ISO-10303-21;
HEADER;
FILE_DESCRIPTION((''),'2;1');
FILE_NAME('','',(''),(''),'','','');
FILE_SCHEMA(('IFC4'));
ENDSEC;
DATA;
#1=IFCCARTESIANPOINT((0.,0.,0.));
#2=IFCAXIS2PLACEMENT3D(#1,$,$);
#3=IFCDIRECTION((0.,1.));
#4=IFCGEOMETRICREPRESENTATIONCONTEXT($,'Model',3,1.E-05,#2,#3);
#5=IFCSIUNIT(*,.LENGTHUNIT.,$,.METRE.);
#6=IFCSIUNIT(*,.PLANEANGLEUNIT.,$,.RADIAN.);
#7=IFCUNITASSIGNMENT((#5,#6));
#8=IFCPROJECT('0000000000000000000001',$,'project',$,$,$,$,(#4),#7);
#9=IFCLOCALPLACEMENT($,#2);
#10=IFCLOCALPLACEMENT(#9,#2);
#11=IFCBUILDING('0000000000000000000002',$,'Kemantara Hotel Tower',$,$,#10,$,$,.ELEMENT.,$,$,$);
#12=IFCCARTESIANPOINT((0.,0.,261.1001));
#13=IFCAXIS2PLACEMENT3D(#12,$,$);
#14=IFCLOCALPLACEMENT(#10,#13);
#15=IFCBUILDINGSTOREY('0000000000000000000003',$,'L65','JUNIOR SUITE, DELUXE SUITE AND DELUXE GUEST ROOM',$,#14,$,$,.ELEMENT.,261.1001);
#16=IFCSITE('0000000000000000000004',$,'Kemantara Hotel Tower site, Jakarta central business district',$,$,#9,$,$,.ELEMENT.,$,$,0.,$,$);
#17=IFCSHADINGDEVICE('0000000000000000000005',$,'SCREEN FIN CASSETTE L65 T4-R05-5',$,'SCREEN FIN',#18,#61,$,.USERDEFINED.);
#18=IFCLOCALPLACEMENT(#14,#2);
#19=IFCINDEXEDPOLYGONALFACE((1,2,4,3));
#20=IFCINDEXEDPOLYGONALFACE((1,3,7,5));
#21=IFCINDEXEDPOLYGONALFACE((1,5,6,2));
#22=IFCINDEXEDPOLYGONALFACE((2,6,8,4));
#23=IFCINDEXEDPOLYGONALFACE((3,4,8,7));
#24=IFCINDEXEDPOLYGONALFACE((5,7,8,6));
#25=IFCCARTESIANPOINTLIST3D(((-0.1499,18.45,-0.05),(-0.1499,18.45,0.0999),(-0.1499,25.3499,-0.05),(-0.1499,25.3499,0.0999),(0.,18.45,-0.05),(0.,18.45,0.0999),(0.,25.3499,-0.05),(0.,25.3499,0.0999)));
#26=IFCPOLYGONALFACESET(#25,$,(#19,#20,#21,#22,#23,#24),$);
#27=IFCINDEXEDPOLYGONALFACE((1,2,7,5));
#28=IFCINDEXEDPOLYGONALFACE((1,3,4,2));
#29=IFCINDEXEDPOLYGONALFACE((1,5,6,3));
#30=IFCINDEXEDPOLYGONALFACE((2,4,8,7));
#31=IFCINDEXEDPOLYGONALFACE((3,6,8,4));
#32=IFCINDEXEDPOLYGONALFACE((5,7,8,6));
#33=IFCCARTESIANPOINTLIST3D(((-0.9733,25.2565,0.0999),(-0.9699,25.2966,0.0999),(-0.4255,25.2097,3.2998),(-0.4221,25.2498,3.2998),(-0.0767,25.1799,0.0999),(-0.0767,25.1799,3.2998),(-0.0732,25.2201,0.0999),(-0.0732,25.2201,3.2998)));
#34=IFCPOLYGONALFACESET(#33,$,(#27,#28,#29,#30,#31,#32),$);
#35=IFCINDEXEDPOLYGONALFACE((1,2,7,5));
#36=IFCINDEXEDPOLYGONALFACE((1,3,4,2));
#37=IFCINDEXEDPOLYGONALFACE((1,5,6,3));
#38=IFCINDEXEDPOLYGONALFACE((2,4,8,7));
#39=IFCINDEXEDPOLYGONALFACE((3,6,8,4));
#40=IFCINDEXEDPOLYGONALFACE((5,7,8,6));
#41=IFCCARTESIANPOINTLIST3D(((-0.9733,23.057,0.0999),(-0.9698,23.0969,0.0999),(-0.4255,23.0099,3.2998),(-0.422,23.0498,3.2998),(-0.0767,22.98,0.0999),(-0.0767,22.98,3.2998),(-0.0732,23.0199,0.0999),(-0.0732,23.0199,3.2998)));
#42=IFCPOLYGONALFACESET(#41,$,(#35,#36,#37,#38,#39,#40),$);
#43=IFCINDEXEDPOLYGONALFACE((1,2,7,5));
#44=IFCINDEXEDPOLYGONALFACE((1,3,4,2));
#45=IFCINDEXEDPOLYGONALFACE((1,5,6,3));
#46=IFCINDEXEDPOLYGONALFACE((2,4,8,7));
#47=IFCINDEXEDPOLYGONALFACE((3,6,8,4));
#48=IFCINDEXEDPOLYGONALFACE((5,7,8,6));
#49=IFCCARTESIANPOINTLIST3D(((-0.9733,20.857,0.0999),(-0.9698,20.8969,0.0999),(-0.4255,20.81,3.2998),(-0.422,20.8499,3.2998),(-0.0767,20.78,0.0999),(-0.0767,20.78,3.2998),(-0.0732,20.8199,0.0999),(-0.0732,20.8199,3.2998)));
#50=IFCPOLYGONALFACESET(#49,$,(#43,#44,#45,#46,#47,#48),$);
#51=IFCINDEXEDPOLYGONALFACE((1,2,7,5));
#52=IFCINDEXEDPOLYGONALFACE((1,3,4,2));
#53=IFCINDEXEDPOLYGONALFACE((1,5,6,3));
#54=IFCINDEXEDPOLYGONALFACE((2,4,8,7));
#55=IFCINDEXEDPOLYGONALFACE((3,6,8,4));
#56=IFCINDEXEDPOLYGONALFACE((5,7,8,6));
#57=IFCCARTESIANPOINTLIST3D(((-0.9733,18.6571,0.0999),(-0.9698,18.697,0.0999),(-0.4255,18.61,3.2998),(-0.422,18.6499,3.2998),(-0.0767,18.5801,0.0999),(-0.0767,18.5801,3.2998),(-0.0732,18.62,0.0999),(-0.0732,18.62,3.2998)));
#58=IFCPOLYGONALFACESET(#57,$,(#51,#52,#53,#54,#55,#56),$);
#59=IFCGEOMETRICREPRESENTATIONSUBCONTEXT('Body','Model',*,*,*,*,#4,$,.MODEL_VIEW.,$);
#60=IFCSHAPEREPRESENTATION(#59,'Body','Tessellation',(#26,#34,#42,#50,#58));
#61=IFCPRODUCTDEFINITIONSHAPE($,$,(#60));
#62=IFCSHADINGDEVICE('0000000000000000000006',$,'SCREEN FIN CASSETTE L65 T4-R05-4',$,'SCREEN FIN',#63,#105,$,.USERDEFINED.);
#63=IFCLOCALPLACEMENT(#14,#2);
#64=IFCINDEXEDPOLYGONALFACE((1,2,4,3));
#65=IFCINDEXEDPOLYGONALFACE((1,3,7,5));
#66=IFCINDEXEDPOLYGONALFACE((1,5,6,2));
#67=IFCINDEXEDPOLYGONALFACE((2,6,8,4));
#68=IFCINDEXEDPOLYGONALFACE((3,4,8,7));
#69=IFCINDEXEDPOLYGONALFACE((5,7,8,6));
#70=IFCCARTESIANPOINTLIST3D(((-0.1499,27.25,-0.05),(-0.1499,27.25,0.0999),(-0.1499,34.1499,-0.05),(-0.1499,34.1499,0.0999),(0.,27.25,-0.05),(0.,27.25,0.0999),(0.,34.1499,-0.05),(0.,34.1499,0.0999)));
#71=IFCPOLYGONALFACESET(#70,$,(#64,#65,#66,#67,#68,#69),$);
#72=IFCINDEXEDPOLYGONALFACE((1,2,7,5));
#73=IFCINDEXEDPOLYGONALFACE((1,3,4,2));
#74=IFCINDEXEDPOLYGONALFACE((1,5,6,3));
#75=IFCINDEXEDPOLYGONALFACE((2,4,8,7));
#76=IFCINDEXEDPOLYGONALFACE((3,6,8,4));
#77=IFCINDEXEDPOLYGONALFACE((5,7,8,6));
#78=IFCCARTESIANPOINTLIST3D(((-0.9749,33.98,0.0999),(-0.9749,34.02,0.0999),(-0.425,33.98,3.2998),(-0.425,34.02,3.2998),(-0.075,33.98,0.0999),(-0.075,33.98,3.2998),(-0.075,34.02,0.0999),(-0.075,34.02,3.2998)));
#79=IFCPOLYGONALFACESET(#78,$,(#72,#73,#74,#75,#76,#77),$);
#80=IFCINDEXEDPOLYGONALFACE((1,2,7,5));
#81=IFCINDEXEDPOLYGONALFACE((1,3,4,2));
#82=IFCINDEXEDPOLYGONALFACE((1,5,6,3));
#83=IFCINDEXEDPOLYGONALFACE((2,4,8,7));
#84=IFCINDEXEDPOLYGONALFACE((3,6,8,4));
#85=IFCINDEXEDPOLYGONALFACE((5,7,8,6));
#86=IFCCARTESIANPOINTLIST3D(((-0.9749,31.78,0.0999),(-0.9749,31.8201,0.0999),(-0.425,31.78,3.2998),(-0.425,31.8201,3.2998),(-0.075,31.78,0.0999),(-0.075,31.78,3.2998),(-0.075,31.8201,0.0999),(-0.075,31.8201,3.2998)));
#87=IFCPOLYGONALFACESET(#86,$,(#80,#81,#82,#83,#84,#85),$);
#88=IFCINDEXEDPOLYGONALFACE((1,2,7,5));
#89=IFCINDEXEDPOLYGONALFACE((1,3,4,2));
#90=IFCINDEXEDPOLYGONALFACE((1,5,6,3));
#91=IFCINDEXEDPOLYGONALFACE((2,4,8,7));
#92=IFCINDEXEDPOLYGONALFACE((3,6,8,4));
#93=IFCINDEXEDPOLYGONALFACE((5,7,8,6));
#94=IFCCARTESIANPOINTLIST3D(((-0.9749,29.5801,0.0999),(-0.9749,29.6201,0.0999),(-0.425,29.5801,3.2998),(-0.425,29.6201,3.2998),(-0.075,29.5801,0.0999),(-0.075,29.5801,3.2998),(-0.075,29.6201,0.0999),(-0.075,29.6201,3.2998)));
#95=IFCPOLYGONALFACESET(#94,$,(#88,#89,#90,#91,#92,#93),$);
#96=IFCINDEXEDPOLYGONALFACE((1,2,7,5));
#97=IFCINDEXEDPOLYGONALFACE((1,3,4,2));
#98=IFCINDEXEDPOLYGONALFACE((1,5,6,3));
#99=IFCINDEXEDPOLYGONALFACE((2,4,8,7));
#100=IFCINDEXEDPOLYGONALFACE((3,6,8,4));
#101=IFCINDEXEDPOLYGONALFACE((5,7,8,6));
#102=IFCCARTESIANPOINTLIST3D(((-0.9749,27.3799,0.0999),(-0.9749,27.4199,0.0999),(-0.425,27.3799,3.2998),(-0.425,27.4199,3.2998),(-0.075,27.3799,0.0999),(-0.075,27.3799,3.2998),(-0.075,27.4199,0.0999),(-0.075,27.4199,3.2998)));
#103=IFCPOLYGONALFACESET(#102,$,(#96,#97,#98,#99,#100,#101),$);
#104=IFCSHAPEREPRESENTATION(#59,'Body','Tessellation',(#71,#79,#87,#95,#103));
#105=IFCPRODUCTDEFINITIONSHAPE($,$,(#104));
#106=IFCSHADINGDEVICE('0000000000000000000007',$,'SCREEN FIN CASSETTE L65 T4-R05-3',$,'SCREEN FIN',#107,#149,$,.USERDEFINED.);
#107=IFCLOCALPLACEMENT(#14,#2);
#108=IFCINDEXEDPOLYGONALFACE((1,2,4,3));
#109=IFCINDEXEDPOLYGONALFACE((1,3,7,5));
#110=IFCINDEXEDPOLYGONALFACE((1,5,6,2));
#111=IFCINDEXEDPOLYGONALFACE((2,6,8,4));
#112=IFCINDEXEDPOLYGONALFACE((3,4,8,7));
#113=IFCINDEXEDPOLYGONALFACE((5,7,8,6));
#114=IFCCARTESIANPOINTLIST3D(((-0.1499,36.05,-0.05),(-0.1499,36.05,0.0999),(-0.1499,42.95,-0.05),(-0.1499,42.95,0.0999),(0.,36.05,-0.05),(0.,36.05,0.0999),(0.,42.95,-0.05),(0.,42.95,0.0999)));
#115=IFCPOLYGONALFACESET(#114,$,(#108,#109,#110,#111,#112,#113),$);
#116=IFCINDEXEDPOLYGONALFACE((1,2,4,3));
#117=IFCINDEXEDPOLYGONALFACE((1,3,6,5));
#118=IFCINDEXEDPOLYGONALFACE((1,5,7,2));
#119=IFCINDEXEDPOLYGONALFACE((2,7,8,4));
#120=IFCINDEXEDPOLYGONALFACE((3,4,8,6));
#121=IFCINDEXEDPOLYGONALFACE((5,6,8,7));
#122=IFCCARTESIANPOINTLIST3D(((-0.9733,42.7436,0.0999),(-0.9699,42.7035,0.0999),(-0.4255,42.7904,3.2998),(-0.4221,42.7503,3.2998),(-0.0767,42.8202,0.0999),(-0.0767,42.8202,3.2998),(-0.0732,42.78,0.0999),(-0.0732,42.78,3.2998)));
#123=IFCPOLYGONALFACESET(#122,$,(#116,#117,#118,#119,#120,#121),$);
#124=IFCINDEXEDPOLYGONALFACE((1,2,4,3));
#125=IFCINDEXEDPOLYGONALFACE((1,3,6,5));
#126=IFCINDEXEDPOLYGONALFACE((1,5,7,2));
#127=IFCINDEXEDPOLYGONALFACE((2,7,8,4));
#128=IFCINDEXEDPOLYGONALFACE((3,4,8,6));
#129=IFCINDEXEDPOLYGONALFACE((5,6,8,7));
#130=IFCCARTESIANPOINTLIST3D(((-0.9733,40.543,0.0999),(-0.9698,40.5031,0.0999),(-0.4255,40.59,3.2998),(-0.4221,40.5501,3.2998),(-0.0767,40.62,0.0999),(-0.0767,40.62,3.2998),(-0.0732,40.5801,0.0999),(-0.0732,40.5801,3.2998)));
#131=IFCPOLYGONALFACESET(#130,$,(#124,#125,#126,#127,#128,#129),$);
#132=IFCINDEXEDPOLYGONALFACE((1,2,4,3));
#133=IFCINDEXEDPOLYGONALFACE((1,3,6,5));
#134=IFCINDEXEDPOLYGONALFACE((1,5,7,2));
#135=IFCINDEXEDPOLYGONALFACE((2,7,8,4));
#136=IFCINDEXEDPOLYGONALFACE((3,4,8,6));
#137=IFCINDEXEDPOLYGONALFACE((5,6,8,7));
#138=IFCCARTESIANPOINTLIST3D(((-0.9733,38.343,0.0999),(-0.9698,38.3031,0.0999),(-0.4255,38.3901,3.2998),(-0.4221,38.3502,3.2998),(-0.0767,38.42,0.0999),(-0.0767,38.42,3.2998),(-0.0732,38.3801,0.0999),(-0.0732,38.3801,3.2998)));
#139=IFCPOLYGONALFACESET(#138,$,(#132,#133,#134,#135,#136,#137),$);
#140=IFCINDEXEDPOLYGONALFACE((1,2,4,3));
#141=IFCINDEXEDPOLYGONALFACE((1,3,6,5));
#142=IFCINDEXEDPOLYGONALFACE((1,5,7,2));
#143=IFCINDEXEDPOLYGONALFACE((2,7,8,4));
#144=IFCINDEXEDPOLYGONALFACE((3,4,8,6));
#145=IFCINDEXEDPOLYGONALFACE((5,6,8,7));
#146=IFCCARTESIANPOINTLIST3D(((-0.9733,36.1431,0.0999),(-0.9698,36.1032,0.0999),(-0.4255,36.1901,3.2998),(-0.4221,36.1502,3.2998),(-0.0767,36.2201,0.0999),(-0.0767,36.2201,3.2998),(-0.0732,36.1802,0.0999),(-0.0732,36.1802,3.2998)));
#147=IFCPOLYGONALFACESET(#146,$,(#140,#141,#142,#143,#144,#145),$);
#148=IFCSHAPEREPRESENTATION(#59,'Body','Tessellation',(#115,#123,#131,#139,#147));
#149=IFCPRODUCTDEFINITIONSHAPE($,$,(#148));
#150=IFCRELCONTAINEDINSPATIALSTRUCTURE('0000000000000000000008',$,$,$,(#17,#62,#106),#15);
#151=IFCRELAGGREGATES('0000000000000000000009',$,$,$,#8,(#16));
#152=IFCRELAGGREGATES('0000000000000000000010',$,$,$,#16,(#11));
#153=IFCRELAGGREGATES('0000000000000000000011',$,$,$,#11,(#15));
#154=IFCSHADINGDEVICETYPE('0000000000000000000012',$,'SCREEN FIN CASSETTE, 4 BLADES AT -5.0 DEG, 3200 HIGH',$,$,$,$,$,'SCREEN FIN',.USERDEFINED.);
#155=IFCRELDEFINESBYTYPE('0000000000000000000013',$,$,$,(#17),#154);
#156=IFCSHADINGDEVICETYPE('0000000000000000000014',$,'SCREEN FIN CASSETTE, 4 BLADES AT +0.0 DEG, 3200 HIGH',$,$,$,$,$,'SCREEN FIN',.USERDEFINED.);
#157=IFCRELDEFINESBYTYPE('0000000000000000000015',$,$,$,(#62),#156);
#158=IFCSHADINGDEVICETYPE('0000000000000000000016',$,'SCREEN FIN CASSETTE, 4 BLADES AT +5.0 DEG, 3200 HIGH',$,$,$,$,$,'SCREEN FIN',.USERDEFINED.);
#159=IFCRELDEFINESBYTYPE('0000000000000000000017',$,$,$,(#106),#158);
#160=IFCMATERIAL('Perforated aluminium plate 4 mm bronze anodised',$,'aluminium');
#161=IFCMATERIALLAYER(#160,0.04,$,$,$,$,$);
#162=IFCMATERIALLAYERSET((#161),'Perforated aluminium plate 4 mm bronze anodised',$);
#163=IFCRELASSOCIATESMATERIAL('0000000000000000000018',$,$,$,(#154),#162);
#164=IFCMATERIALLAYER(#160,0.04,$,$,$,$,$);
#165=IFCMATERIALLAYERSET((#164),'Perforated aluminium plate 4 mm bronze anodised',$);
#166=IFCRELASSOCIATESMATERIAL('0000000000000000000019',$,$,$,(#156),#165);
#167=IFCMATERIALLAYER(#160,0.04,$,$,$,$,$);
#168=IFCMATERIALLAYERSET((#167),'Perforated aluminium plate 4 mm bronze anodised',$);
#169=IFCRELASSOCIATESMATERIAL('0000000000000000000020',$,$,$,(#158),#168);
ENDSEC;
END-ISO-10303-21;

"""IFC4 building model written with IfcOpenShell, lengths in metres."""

from ifc_helpers import new_model, si_unit, direction, frame, origin, origin_2d, place, context, subcontext, project, spatial, polyline, rectangle, outline, extrude, source, transform, mapped, material, layer, layer_set, type_object, element, save


model = new_model("IFC4")

# Units and contexts
model_context = context("Model", 3, precision=1e-05, world=origin(), true_north=direction((0.0, 1.0)))
body_context = subcontext(model_context, "Body", "Model", "MODEL_VIEW")
ifc_project = project(units=[si_unit("LENGTHUNIT", "METRE"), si_unit("PLANEANGLEUNIT", "RADIAN")], contexts=[model_context])

# Site, building, storey
site_placement = place(None, origin())
site = spatial("IfcSite", under=ifc_project, at=site_placement, Name="Kemantara Hotel Tower site, Jakarta central business district", CompositionType="ELEMENT", RefElevation=0.0)
building_placement = place(site_placement, origin())
building = spatial("IfcBuilding", under=site, at=building_placement, Name="Kemantara Hotel Tower", CompositionType="ELEMENT")
storey_placement = place(building_placement, frame((0.0, 0.0, 261.1001)))
storey = spatial("IfcBuildingStorey", under=building, at=storey_placement, Name="L65", Description="JUNIOR SUITE, DELUXE SUITE AND DELUXE GUEST ROOM", CompositionType="ELEMENT", Elevation=261.1001)

# Shading devices
ifc_material_1 = material(Name="Perforated aluminium plate 4 mm bronze anodised", Category="aluminium")
ifc_layer_1 = layer(ifc_material_1, 0.04)
ifc_layer_set_1 = layer_set([ifc_layer_1], Name="Perforated aluminium plate 4 mm bronze anodised")
shading_device_type_1 = type_object("IfcShadingDeviceType", Name="SCREEN FIN CASSETTE, 4 BLADES AT -5.0 DEG, 3200 HIGH", ElementType="SCREEN FIN", PredefinedType="USERDEFINED", material=ifc_layer_set_1)
shared_shape_1 = source(origin(), body_context, "Body", "SweptSolid", [
    extrude(rectangle(XDim=6.8999, YDim=0.1499, at=origin_2d()), frame((3.3, -0.075, -0.1499), z_axis=(0.0, 0.0, 1.0), x_axis=(1.0, 0.0, 0.0)), (0.0, 0.0, 1.0), 0.1499),
    extrude(outline(polyline([(0.0, 0.0), (0.8999, 0.0), (0.3501, 3.2), (0.0, 3.2), (0.0, 0.0)])), frame((0.02, -0.0767, 0.0), z_axis=(-0.996376, 0.085056, 0.0), x_axis=(-0.085056, -0.996376, 0.0)), (0.0, 0.0, 1.0), 0.0403),
    extrude(outline(polyline([(0.0, 0.0), (0.8999, 0.0), (0.3501, 3.2), (0.0, 3.2), (0.0, 0.0)])), frame((2.22, -0.0767, 0.0), z_axis=(-0.996332, 0.085575, 0.0), x_axis=(-0.085575, -0.996332, 0.0)), (0.0, 0.0, 1.0), 0.04),
    extrude(outline(polyline([(0.0, 0.0), (0.8999, 0.0), (0.3501, 3.2), (0.0, 3.2), (0.0, 0.0)])), frame((4.4199, -0.0767, 0.0), z_axis=(-0.996332, 0.085575, 0.0), x_axis=(-0.085575, -0.996332, 0.0)), (0.0, 0.0, 1.0), 0.04),
    extrude(outline(polyline([(0.0, 0.0), (0.8999, 0.0), (0.3501, 3.2), (0.0, 3.2), (0.0, 0.0)])), frame((6.6199, -0.0767, 0.0), z_axis=(-0.996332, 0.085575, 0.0), x_axis=(-0.085575, -0.996332, 0.0)), (0.0, 0.0, 1.0), 0.04),
])
shading_device_1_placement = place(storey_placement, frame((0.0, 25.2, 0.0999), z_axis=(0.0, 0.0, 1.0), x_axis=(0.0, -1.0, 0.0)))
element("IfcShadingDevice", 1, at=shading_device_1_placement, inside=storey, type_object=shading_device_type_1, Name="SCREEN FIN CASSETTE L65 T4-R05-5", ObjectType="SCREEN FIN", PredefinedType="USERDEFINED", context=body_context, shape_type="MappedRepresentation", body=[
    mapped(shared_shape_1, transform((0.0, 0.0, 0.0))),
])
ifc_layer_2 = layer(ifc_material_1, 0.04)
ifc_layer_set_2 = layer_set([ifc_layer_2], Name="Perforated aluminium plate 4 mm bronze anodised")
shading_device_type_2 = type_object("IfcShadingDeviceType", Name="SCREEN FIN CASSETTE, 4 BLADES AT +0.0 DEG, 3200 HIGH", ElementType="SCREEN FIN", PredefinedType="USERDEFINED", material=ifc_layer_set_2)
shared_shape_2 = source(origin(), body_context, "Body", "SweptSolid", [
    extrude(rectangle(XDim=6.8999, YDim=0.1499, at=origin_2d()), frame((3.3, -0.075, -0.1499), z_axis=(0.0, 0.0, 1.0), x_axis=(1.0, 0.0, 0.0)), (0.0, 0.0, 1.0), 0.1499),
    extrude(outline(polyline([(0.0, 0.0), (0.8999, 0.0), (0.3501, 3.2), (0.0, 3.2), (0.0, 0.0)])), frame((0.02, -0.075, 0.0), z_axis=(-1.0, 0.0, 0.0), x_axis=(0.0, -1.0, 0.0)), (0.0, 0.0, 1.0), 0.04),
    extrude(outline(polyline([(0.0, 0.0), (0.8999, 0.0), (0.3501, 3.2), (0.0, 3.2), (0.0, 0.0)])), frame((2.22, -0.075, 0.0), z_axis=(-1.0, 0.0, 0.0), x_axis=(0.0, -1.0, 0.0)), (0.0, 0.0, 1.0), 0.04),
    extrude(outline(polyline([(0.0, 0.0), (0.8999, 0.0), (0.3501, 3.2), (0.0, 3.2), (0.0, 0.0)])), frame((4.4199, -0.075, 0.0), z_axis=(-1.0, 0.0, 0.0), x_axis=(0.0, -1.0, 0.0)), (0.0, 0.0, 1.0), 0.04),
    extrude(outline(polyline([(0.0, 0.0), (0.8999, 0.0), (0.3501, 3.2), (0.0, 3.2), (0.0, 0.0)])), frame((6.6201, -0.075, 0.0), z_axis=(-1.0, 0.0, 0.0), x_axis=(0.0, -1.0, 0.0)), (0.0, 0.0, 1.0), 0.04),
])
shading_device_2_placement = place(storey_placement, frame((0.0, 34.0, 0.0999), z_axis=(0.0, 0.0, 1.0), x_axis=(0.0, -1.0, 0.0)))
element("IfcShadingDevice", 2, at=shading_device_2_placement, inside=storey, type_object=shading_device_type_2, Name="SCREEN FIN CASSETTE L65 T4-R05-4", ObjectType="SCREEN FIN", PredefinedType="USERDEFINED", context=body_context, shape_type="MappedRepresentation", body=[
    mapped(shared_shape_2, transform((0.0, 0.0, 0.0))),
])
ifc_layer_3 = layer(ifc_material_1, 0.04)
ifc_layer_set_3 = layer_set([ifc_layer_3], Name="Perforated aluminium plate 4 mm bronze anodised")
shading_device_type_3 = type_object("IfcShadingDeviceType", Name="SCREEN FIN CASSETTE, 4 BLADES AT +5.0 DEG, 3200 HIGH", ElementType="SCREEN FIN", PredefinedType="USERDEFINED", material=ifc_layer_set_3)
shared_shape_3 = source(origin(), body_context, "Body", "SweptSolid", [
    extrude(rectangle(XDim=6.8999, YDim=0.1499, at=origin_2d()), frame((3.3, -0.075, -0.1499), z_axis=(0.0, 0.0, 1.0), x_axis=(1.0, 0.0, 0.0)), (0.0, 0.0, 1.0), 0.1499),
    extrude(outline(polyline([(0.0, 0.0), (0.8999, 0.0), (0.3501, 3.2), (0.0, 3.2), (0.0, 0.0)])), frame((0.02, -0.0732, 0.0), z_axis=(-0.996376, -0.085056, 0.0), x_axis=(0.085056, -0.996376, 0.0)), (0.0, 0.0, 1.0), 0.0403),
    extrude(outline(polyline([(0.0, 0.0), (0.8999, 0.0), (0.3501, 3.2), (0.0, 3.2), (0.0, 0.0)])), frame((2.22, -0.0732, 0.0), z_axis=(-0.996332, -0.085575, 0.0), x_axis=(0.085575, -0.996332, 0.0)), (0.0, 0.0, 1.0), 0.04),
    extrude(outline(polyline([(0.0, 0.0), (0.8999, 0.0), (0.3501, 3.2), (0.0, 3.2), (0.0, 0.0)])), frame((4.4199, -0.0732, 0.0), z_axis=(-0.996332, -0.085575, 0.0), x_axis=(0.085575, -0.996332, 0.0)), (0.0, 0.0, 1.0), 0.04),
    extrude(outline(polyline([(0.0, 0.0), (0.8999, 0.0), (0.3501, 3.2), (0.0, 3.2), (0.0, 0.0)])), frame((6.6199, -0.0732, 0.0), z_axis=(-0.996332, -0.085575, 0.0), x_axis=(0.085575, -0.996332, 0.0)), (0.0, 0.0, 1.0), 0.04),
])
shading_device_3_placement = place(storey_placement, frame((0.0, 42.8, 0.0999), z_axis=(0.0, 0.0, 1.0), x_axis=(0.0, -1.0, 0.0)))
element("IfcShadingDevice", 3, at=shading_device_3_placement, inside=storey, type_object=shading_device_type_3, Name="SCREEN FIN CASSETTE L65 T4-R05-3", ObjectType="SCREEN FIN", PredefinedType="USERDEFINED", context=body_context, shape_type="MappedRepresentation", body=[
    mapped(shared_shape_3, transform((0.0, 0.0, 0.0))),
])

save(model, "model.ifc")
